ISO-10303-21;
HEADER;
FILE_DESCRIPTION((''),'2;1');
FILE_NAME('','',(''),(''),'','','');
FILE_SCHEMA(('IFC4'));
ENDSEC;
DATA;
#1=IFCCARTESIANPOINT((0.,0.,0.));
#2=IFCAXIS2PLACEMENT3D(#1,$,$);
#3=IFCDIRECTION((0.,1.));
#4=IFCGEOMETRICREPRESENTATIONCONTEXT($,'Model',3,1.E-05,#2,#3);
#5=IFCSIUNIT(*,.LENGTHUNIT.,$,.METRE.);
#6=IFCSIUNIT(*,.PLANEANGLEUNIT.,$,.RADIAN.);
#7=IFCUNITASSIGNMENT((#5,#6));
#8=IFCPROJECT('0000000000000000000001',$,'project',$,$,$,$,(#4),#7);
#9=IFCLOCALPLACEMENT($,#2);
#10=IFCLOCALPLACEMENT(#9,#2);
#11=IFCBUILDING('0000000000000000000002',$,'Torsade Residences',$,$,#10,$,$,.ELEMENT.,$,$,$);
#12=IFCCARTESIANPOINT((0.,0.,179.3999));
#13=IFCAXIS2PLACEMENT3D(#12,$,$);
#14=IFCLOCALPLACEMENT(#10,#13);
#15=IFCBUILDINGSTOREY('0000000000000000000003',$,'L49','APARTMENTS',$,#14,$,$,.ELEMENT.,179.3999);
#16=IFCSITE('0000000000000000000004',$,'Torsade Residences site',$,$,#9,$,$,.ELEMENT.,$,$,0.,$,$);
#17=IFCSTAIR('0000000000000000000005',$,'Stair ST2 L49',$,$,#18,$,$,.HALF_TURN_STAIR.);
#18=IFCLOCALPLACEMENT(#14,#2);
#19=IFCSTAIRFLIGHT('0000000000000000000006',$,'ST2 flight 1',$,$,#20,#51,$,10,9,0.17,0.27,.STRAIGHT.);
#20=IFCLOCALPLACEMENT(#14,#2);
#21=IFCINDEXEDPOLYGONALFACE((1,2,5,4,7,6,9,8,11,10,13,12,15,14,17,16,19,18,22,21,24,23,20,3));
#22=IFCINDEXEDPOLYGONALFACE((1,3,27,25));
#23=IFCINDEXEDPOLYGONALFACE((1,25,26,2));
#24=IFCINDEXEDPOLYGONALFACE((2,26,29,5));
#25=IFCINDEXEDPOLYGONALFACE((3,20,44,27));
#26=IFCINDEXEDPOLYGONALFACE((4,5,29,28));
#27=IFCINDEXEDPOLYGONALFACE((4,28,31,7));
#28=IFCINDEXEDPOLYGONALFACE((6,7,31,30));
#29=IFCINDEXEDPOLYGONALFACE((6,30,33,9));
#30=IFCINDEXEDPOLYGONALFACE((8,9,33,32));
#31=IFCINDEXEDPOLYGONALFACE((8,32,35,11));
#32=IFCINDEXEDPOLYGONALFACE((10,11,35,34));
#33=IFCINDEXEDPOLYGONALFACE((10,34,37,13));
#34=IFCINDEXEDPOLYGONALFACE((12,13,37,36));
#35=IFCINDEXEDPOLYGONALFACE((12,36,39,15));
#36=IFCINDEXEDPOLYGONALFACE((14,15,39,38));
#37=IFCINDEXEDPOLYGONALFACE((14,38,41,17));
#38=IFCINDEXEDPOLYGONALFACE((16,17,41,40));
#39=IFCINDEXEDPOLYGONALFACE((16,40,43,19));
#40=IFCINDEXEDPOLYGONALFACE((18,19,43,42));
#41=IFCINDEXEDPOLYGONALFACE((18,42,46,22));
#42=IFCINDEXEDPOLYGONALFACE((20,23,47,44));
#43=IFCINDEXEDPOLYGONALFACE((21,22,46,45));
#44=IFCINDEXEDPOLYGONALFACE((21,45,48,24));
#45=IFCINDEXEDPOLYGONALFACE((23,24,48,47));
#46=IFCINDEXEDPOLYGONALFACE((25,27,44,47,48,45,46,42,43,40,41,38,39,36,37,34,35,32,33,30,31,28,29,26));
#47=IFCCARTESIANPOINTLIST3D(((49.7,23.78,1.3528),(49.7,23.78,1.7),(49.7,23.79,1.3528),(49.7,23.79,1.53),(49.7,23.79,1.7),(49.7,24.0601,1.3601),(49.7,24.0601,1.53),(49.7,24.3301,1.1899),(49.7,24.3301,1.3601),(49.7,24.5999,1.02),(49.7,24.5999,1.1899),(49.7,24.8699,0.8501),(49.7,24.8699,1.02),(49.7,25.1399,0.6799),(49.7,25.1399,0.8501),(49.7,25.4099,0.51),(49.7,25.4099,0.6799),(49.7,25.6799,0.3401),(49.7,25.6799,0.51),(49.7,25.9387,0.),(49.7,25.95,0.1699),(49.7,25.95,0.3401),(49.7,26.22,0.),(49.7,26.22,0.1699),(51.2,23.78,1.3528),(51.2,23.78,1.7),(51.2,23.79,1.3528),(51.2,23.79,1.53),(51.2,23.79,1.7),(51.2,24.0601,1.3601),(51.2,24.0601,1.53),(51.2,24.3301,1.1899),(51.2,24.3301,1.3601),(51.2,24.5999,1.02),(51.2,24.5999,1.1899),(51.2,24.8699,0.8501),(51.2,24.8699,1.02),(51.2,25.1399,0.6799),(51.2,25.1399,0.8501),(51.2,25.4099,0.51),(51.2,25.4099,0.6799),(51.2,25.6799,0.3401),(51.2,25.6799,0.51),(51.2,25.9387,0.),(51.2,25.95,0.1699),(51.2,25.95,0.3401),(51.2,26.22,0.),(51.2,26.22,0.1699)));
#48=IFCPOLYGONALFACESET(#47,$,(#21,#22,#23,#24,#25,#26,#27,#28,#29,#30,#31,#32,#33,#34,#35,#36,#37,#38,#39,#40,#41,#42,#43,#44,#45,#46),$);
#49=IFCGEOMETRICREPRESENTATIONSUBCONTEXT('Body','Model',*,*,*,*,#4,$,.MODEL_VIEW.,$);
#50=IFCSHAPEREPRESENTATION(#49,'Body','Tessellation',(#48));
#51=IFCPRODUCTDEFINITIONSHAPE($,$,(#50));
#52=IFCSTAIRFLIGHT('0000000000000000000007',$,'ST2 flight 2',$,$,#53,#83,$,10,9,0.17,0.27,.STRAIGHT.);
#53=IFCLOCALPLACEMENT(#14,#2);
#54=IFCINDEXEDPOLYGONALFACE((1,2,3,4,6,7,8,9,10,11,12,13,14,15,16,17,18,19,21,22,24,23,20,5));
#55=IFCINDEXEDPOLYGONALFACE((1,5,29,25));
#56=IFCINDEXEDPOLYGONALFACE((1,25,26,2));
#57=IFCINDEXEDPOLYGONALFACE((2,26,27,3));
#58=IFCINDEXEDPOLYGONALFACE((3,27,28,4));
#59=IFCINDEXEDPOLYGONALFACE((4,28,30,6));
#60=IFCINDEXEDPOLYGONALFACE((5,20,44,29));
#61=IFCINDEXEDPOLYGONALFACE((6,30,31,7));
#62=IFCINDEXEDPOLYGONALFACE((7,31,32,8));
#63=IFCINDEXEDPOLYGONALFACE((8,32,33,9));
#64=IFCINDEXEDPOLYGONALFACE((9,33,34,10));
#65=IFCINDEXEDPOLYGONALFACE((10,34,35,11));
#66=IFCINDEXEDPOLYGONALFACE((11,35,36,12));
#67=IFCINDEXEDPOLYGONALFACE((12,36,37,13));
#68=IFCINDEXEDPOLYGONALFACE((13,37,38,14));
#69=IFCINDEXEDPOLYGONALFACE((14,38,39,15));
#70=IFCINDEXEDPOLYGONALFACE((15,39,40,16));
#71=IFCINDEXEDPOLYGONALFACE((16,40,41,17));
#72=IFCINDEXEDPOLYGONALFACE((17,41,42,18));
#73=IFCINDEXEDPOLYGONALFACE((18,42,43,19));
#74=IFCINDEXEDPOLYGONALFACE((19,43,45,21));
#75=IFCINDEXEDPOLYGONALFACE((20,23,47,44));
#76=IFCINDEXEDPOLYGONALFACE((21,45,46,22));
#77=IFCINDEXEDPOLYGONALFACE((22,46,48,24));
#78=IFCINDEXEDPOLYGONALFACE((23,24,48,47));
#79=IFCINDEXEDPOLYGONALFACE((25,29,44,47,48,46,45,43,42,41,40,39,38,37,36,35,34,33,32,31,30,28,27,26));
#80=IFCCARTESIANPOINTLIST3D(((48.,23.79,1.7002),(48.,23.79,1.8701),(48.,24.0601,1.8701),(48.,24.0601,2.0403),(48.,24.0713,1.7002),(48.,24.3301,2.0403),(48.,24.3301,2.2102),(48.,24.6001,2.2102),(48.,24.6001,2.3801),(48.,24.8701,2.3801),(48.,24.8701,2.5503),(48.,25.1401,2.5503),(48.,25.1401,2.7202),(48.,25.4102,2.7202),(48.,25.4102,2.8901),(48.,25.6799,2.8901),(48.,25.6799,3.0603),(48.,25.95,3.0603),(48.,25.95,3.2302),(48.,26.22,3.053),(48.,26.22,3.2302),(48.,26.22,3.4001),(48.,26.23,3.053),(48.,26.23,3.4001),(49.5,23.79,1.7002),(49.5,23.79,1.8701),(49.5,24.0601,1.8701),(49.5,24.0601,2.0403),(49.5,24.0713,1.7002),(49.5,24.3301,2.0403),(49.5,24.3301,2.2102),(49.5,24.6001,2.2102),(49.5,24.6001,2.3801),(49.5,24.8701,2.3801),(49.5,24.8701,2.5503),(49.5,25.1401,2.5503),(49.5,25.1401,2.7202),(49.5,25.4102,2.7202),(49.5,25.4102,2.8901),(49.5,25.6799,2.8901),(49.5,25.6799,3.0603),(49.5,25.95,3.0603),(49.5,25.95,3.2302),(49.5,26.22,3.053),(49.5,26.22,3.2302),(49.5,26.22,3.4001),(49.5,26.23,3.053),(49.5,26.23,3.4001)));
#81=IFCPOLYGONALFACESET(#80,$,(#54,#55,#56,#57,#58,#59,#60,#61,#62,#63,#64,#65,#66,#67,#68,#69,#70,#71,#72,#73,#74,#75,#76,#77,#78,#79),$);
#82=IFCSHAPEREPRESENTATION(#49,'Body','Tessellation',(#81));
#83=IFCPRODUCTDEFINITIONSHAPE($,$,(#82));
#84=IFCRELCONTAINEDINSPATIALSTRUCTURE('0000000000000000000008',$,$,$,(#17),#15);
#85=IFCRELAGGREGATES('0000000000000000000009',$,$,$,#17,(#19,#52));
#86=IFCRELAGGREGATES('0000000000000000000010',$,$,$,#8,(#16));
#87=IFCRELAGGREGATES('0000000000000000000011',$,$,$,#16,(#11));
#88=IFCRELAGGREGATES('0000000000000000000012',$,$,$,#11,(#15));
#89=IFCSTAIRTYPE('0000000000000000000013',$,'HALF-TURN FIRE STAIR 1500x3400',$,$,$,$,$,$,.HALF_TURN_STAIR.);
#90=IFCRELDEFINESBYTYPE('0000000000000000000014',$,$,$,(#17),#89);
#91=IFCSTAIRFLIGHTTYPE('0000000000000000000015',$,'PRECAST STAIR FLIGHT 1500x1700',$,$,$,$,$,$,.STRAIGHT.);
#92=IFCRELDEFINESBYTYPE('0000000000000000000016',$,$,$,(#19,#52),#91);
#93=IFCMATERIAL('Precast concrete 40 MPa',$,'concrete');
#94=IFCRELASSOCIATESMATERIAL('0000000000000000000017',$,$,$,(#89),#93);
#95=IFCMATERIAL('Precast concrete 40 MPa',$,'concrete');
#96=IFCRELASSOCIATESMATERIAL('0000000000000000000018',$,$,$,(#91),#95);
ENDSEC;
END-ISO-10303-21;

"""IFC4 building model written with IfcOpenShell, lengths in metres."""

from ifc_helpers import new_model, si_unit, direction, frame, origin, place, context, subcontext, project, spatial, polyline, outline, extrude, material, type_object, element, aggregate, save


model = new_model("IFC4")

# Units and contexts
model_context = context("Model", 3, precision=1e-05, world=origin(), true_north=direction((0.0, 1.0)))
body_context = subcontext(model_context, "Body", "Model", "MODEL_VIEW")
ifc_project = project(units=[si_unit("LENGTHUNIT", "METRE"), si_unit("PLANEANGLEUNIT", "RADIAN")], contexts=[model_context])

# Site, building, storey
site_placement = place(None, origin())
site = spatial("IfcSite", under=ifc_project, at=site_placement, Name="Torsade Residences site", CompositionType="ELEMENT", RefElevation=0.0)
building_placement = place(site_placement, origin())
building = spatial("IfcBuilding", under=site, at=building_placement, Name="Torsade Residences", CompositionType="ELEMENT")
storey_placement = place(building_placement, frame((0.0, 0.0, 179.3999)))
storey = spatial("IfcBuildingStorey", under=building, at=storey_placement, Name="L49", Description="APARTMENTS", CompositionType="ELEMENT", Elevation=179.3999)

# Stair, stair flights
ifc_material_1 = material(Name="Precast concrete 40 MPa", Category="concrete")
stair_type = type_object("IfcStairType", Name="HALF-TURN FIRE STAIR 1500x3400", PredefinedType="HALF_TURN_STAIR", material=ifc_material_1)
stair_placement = place(storey_placement, origin())
stair = element("IfcStair", 1, at=stair_placement, inside=storey, type_object=stair_type, Name="Stair ST2 L49", PredefinedType="HALF_TURN_STAIR")
ifc_material_2 = material(Name="Precast concrete 40 MPa", Category="concrete")
stair_flight_type = type_object("IfcStairFlightType", Name="PRECAST STAIR FLIGHT 1500x1700", PredefinedType="STRAIGHT", material=ifc_material_2)
stair_flight_1_placement = place(storey_placement, frame((50.45, 26.22, 0.0), z_axis=(0.0, 0.0, 1.0), x_axis=(0.0, -1.0, 0.0)))
stair_flight_1 = element("IfcStairFlight", 2, at=stair_flight_1_placement, type_object=stair_flight_type, Name="ST2 flight 1", NumberOfRisers=10, NumberOfTreads=9, PredefinedType="STRAIGHT", RiserHeight=0.17, TreadLength=0.27, context=body_context, shape_type="SweptSolid", body=[
    extrude(outline(polyline([(0.0, 0.0), (0.0, 0.1699), (0.27, 0.1699), (0.27, 0.3401), (0.54, 0.3401), (0.54, 0.51), (0.8101, 0.51), (0.8101, 0.6799), (1.0801, 0.6799), (1.0801, 0.8501), (1.3501, 0.8501), (1.3501, 1.02), (1.6201, 1.02), (1.6201, 1.1899), (1.8899, 1.1899), (1.8899, 1.3601), (2.1599, 1.3601), (2.1599, 1.53), (2.4299, 1.53), (2.4299, 1.7), (2.4399, 1.7), (2.4399, 1.3528), (2.4299, 1.3528), (0.2812, 0.0), (0.0, 0.0)])), frame((0.0, 0.75, 0.0), z_axis=(0.0, -1.0, 0.0), x_axis=(1.0, 0.0, 0.0)), (0.0, 0.0, 1.0), 1.5),
])
stair_flight_2_placement = place(storey_placement, frame((48.75, 23.79, 1.7002), z_axis=(0.0, 0.0, 1.0), x_axis=(0.0, 1.0, 0.0)))
stair_flight_2 = element("IfcStairFlight", 3, at=stair_flight_2_placement, type_object=stair_flight_type, Name="ST2 flight 2", NumberOfRisers=10, NumberOfTreads=9, PredefinedType="STRAIGHT", RiserHeight=0.17, TreadLength=0.27, context=body_context, shape_type="SweptSolid", body=[
    extrude(outline(polyline([(0.0, 0.0), (0.0, 0.1699), (0.27, 0.1699), (0.27, 0.3401), (0.54, 0.3401), (0.54, 0.51), (0.8101, 0.51), (0.8101, 0.6799), (1.0801, 0.6799), (1.0801, 0.8501), (1.3501, 0.8501), (1.3501, 1.02), (1.6201, 1.02), (1.6201, 1.1899), (1.8899, 1.1899), (1.8899, 1.3601), (2.1599, 1.3601), (2.1599, 1.53), (2.4299, 1.53), (2.4299, 1.7), (2.4399, 1.7), (2.4399, 1.3528), (2.4299, 1.3528), (0.2812, 0.0), (0.0, 0.0)])), frame((0.0, 0.75, 0.0), z_axis=(0.0, -1.0, 0.0), x_axis=(1.0, 0.0, 0.0)), (0.0, 0.0, 1.0), 1.5),
])
aggregate(stair, [stair_flight_1, stair_flight_2])

save(model, "model.ifc")
